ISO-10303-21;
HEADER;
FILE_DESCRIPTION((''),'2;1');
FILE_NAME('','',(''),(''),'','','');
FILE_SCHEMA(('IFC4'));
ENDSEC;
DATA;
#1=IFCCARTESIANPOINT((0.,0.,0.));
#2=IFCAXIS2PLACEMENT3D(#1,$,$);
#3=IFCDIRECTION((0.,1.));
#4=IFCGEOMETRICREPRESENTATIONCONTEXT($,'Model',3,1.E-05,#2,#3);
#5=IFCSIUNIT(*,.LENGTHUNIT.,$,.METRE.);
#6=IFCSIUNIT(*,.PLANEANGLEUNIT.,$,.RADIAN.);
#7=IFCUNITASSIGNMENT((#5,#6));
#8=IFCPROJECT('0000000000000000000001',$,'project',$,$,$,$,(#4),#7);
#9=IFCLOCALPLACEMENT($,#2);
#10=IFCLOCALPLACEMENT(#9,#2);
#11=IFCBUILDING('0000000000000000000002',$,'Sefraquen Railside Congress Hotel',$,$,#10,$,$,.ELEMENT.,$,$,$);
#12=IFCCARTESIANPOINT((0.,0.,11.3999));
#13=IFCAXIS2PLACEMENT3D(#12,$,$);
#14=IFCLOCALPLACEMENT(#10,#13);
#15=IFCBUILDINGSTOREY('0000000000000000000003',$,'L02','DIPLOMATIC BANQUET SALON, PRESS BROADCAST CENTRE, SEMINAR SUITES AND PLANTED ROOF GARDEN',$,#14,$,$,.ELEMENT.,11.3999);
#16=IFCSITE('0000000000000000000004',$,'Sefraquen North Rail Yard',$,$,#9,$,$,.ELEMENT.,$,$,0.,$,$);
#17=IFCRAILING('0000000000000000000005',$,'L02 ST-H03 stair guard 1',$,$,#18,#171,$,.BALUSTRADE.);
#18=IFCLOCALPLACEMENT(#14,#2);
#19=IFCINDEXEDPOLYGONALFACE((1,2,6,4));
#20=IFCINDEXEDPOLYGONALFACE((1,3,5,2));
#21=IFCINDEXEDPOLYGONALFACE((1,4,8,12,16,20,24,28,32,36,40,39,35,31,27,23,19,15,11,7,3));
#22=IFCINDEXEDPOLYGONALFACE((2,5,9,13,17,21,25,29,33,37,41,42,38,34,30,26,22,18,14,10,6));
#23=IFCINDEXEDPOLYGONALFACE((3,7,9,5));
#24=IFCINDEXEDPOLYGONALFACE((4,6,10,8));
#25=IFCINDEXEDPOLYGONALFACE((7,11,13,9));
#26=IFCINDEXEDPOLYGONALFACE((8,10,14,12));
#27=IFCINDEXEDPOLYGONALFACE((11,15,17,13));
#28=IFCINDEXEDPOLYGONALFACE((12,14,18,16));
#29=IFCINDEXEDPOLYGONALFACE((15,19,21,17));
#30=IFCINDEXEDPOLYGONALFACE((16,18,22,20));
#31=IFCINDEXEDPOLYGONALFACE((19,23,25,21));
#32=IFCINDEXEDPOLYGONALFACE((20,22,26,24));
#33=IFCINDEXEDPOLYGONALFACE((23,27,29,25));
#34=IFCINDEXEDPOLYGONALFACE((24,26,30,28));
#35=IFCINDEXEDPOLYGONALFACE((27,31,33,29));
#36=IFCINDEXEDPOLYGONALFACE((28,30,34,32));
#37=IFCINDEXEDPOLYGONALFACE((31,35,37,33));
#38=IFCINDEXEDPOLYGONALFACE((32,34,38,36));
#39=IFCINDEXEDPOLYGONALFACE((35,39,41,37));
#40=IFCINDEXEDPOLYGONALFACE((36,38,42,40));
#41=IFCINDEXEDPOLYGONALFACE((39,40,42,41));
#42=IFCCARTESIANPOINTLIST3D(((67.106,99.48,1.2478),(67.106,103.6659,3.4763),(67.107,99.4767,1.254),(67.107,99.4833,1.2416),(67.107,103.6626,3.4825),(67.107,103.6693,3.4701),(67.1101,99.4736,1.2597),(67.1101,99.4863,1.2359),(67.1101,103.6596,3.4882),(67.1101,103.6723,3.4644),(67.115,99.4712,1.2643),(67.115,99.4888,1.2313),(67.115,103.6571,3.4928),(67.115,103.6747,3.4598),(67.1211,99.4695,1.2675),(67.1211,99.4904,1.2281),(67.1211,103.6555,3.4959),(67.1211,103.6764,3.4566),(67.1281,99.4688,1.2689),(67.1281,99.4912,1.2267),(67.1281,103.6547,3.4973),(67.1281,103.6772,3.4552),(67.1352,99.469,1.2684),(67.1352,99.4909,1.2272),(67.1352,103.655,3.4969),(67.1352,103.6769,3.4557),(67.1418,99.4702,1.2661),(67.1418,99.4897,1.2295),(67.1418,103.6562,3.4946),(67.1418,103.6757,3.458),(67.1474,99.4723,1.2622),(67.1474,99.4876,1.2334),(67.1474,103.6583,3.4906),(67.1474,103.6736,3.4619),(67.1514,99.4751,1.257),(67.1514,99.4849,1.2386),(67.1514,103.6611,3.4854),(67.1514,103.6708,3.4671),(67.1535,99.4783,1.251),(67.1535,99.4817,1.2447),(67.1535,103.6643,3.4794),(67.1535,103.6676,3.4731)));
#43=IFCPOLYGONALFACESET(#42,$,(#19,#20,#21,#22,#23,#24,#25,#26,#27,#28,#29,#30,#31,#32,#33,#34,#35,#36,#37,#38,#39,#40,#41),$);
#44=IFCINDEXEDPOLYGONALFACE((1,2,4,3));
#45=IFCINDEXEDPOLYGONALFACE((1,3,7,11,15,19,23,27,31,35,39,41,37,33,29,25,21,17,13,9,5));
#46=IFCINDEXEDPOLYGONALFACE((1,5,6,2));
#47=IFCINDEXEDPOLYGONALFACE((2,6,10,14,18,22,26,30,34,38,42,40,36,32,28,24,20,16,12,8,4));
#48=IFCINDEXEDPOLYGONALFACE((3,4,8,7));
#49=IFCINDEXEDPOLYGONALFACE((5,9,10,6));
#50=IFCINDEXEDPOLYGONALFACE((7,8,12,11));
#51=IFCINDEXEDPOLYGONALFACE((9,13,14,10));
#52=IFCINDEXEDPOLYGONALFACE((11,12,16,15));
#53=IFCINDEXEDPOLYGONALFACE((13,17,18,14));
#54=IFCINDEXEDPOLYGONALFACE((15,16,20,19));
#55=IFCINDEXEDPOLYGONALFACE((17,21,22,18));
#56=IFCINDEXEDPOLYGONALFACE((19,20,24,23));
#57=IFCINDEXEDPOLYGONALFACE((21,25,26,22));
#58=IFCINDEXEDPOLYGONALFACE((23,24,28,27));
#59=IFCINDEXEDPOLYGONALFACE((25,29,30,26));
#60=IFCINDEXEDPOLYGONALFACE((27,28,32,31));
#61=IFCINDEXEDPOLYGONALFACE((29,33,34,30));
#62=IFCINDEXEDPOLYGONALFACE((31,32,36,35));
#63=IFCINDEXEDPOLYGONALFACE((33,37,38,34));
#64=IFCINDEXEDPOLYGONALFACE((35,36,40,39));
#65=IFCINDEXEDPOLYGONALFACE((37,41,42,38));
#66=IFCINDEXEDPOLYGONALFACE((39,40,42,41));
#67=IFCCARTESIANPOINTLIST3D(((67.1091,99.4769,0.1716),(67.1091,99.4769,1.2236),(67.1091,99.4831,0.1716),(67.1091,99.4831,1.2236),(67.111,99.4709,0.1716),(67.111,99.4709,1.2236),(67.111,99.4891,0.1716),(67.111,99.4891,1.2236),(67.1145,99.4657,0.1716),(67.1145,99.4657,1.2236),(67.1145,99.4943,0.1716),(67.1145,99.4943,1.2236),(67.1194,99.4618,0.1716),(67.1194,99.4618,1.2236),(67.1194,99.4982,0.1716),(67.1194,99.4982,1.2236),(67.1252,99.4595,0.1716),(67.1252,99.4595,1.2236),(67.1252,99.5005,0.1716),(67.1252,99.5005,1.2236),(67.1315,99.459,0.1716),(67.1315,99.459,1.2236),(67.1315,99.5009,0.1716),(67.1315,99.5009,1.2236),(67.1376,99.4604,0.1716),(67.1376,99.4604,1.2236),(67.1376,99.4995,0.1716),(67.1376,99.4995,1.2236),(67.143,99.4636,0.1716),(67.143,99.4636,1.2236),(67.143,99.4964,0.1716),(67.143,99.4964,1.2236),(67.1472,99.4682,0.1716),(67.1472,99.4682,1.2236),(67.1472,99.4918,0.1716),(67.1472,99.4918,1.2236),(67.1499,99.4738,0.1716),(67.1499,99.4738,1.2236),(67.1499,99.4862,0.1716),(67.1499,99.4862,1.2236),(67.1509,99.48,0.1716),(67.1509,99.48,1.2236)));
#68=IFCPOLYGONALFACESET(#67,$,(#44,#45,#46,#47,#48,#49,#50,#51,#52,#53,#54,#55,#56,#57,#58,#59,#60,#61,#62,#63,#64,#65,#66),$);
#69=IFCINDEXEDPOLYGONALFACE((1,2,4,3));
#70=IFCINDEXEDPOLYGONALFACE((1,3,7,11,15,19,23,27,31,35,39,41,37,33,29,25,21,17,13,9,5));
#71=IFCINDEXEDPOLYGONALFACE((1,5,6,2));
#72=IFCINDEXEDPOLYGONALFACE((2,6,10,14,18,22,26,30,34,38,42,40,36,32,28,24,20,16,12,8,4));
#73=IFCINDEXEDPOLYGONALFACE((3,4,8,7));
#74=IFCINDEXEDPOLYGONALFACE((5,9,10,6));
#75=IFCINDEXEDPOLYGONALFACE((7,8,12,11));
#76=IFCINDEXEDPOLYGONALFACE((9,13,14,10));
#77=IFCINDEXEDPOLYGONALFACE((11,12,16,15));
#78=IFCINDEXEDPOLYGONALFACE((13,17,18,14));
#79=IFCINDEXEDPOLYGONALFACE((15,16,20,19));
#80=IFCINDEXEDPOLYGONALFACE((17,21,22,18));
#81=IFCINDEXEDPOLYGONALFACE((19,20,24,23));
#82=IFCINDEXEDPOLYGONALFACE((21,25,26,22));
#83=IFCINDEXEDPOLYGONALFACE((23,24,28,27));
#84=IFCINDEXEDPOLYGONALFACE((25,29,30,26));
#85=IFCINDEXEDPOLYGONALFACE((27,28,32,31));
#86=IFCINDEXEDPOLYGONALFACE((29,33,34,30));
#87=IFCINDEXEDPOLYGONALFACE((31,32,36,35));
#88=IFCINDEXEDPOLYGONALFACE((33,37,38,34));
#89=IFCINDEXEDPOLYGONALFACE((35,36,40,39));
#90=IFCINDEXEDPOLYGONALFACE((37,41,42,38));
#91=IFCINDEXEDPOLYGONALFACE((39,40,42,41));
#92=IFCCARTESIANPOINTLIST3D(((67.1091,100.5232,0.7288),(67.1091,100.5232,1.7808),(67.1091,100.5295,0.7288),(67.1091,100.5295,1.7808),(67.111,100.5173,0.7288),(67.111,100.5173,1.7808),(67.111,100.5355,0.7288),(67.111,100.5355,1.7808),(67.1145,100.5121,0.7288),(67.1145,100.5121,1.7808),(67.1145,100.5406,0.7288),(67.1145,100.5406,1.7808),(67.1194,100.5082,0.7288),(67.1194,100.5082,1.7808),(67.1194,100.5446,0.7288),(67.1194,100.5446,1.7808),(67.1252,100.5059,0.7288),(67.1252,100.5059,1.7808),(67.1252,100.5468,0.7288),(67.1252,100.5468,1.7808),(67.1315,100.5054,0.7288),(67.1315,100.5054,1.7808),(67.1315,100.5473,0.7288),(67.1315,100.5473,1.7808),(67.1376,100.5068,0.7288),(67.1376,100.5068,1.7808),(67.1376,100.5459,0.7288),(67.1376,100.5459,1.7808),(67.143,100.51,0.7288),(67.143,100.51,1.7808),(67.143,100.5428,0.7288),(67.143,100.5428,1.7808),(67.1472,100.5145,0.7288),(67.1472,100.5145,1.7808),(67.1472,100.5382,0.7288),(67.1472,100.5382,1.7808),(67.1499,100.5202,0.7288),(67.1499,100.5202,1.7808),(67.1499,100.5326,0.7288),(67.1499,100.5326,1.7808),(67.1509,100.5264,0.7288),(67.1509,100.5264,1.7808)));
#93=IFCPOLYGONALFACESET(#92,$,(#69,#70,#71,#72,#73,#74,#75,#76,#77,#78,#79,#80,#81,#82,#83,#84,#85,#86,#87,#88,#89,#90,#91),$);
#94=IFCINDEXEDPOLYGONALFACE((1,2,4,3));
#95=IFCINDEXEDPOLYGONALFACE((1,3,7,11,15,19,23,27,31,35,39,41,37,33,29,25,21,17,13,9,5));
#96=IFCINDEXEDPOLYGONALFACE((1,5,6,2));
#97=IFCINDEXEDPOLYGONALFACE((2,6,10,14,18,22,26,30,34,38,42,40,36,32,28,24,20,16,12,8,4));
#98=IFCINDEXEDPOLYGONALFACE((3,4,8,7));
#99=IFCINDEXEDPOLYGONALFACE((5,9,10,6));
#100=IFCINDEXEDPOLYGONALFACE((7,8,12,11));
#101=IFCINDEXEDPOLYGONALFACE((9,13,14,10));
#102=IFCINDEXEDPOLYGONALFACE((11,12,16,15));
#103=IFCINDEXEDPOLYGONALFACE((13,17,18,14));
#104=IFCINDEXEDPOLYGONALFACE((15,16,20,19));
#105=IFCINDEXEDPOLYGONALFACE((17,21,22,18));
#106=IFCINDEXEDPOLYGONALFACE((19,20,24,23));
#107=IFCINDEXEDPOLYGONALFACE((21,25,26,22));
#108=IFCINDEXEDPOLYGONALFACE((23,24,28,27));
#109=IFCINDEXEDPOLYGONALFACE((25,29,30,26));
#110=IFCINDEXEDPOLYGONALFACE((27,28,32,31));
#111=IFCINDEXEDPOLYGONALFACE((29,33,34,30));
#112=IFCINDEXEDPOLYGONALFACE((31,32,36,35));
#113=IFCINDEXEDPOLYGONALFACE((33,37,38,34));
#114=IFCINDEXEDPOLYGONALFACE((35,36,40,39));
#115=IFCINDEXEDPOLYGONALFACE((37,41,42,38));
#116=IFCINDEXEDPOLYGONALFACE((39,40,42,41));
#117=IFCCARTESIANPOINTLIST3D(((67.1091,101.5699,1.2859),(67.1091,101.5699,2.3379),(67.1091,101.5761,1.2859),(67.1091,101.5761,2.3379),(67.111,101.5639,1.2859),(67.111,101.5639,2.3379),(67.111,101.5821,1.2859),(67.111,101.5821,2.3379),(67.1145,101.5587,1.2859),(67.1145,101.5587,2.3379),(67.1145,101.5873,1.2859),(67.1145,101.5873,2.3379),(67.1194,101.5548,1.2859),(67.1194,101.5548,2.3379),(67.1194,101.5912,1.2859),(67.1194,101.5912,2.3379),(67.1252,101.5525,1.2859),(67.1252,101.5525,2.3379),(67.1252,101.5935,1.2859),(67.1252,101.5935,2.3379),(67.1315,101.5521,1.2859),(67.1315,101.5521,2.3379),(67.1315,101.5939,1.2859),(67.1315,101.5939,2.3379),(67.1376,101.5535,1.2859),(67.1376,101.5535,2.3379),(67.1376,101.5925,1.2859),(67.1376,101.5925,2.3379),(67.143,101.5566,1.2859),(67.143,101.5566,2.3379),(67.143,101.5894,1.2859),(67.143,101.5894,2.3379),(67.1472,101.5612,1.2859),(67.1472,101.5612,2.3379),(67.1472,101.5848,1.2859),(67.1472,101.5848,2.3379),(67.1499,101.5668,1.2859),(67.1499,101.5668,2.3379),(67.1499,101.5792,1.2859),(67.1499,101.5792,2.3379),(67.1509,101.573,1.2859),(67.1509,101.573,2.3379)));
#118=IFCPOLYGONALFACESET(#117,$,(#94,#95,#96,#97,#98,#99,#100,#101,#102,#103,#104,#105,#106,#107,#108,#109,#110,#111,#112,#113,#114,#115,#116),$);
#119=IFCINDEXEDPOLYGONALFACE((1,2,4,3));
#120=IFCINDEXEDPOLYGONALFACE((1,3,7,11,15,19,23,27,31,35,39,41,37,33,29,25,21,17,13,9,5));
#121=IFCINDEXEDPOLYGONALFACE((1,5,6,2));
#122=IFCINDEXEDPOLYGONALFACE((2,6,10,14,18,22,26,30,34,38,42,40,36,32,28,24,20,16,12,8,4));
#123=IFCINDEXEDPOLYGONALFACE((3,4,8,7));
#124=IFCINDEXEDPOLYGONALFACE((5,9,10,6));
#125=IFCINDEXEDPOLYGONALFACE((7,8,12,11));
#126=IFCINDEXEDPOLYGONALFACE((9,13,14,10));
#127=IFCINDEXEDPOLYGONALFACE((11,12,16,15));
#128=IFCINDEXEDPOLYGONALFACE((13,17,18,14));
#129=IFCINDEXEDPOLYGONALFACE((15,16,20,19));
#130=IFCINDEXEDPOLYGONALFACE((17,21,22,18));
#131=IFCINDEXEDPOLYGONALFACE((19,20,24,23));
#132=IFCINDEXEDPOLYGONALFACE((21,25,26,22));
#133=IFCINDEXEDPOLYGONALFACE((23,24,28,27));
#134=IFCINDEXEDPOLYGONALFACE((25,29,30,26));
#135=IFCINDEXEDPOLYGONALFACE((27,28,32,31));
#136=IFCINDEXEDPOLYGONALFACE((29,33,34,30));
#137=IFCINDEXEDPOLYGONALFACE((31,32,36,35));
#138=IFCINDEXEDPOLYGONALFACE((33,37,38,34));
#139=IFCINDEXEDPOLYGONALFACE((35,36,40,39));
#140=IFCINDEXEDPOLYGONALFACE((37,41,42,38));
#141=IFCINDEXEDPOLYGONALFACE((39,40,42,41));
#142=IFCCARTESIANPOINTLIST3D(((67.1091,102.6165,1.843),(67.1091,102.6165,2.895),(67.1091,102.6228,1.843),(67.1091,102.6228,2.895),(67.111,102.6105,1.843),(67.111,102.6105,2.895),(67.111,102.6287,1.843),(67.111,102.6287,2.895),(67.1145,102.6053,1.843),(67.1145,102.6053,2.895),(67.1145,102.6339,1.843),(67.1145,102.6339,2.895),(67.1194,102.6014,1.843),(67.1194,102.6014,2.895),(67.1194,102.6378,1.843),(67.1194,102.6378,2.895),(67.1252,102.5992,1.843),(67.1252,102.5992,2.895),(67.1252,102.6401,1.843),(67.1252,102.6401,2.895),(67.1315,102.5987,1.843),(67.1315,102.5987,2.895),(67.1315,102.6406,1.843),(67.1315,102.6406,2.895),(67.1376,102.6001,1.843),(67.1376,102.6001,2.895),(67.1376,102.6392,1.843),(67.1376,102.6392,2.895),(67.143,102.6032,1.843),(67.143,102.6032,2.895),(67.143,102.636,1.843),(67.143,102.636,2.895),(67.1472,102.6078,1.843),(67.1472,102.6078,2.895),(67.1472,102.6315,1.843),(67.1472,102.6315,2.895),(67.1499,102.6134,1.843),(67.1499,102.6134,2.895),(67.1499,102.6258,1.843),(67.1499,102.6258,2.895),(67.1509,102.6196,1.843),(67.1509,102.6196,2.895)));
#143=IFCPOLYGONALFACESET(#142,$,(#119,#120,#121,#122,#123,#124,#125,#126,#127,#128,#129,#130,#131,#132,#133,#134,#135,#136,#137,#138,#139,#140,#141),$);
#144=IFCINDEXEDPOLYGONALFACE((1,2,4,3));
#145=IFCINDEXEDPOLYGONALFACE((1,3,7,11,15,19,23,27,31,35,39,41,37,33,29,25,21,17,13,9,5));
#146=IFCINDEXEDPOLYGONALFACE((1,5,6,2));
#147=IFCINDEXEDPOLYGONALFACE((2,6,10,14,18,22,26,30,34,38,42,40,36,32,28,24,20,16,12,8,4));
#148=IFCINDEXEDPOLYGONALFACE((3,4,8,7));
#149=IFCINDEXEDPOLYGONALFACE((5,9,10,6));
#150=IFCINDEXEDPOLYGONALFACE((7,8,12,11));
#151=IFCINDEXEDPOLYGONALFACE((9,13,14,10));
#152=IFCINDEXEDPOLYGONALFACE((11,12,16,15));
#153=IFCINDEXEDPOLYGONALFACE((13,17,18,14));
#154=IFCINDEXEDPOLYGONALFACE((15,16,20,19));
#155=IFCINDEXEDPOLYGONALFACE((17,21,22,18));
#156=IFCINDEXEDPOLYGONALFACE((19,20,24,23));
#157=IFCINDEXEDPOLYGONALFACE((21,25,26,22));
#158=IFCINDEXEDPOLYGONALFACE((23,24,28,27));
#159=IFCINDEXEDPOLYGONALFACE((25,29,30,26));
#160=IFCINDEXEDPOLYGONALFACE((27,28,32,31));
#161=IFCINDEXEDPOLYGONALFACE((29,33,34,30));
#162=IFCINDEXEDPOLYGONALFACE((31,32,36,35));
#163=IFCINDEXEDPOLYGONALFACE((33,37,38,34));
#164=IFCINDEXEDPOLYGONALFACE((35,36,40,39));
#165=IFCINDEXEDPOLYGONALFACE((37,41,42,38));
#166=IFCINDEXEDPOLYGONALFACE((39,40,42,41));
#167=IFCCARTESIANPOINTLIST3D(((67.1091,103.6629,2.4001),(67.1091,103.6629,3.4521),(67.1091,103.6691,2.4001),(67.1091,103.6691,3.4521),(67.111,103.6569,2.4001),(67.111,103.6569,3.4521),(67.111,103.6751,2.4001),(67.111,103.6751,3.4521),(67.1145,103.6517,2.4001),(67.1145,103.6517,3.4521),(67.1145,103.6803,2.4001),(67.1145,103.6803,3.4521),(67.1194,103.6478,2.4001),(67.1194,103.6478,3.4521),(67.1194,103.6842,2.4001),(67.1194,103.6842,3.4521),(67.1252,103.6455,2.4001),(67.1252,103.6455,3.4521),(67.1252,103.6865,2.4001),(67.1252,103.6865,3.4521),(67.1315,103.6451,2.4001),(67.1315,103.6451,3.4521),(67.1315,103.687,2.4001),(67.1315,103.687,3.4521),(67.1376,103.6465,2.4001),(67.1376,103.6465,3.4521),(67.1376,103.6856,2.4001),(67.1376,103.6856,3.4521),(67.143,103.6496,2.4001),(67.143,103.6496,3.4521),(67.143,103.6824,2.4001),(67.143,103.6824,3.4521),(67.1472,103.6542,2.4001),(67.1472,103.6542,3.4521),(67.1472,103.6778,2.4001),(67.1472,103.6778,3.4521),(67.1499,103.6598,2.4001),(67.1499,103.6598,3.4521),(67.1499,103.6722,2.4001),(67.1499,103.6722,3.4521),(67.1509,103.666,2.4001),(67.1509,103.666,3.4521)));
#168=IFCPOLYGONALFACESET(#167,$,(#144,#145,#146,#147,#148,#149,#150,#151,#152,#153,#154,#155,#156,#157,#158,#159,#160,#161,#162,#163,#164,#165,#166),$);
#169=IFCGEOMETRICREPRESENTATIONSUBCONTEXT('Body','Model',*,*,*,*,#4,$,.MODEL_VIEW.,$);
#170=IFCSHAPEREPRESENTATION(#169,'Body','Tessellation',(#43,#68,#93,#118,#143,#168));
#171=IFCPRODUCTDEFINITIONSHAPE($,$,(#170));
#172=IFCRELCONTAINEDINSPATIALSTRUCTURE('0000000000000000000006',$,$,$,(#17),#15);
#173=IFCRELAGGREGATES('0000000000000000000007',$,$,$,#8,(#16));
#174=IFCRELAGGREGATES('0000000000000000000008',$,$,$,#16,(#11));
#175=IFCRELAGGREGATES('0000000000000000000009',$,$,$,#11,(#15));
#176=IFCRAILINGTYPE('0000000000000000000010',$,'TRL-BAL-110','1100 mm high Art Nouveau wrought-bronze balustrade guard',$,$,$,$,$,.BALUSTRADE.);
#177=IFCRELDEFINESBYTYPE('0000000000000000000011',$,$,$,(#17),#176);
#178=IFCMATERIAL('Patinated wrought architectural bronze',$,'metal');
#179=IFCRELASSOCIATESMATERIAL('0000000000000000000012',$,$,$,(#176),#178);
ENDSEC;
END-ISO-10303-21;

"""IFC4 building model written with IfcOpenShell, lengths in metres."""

from ifc_helpers import new_model, si_unit, direction, frame, origin, origin_2d, place, context, subcontext, project, spatial, circle, extrude, material, type_object, element, save


model = new_model("IFC4")

# Units and contexts
model_context = context("Model", 3, precision=1e-05, world=origin(), true_north=direction((0.0, 1.0)))
body_context = subcontext(model_context, "Body", "Model", "MODEL_VIEW")
ifc_project = project(units=[si_unit("LENGTHUNIT", "METRE"), si_unit("PLANEANGLEUNIT", "RADIAN")], contexts=[model_context])

# Site, building, storey
site_placement = place(None, origin())
site = spatial("IfcSite", under=ifc_project, at=site_placement, Name="Sefraquen North Rail Yard", CompositionType="ELEMENT", RefElevation=0.0)
building_placement = place(site_placement, origin())
building = spatial("IfcBuilding", under=site, at=building_placement, Name="Sefraquen Railside Congress Hotel", CompositionType="ELEMENT")
storey_placement = place(building_placement, frame((0.0, 0.0, 11.3999)))
storey = spatial("IfcBuildingStorey", under=building, at=storey_placement, Name="L02", Description="DIPLOMATIC BANQUET SALON, PRESS BROADCAST CENTRE, SEMINAR SUITES AND PLANTED ROOF GARDEN", CompositionType="ELEMENT", Elevation=11.3999)

# Railing
ifc_material_1 = material(Name="Patinated wrought architectural bronze", Category="metal")
railing_type_1 = type_object("IfcRailingType", Name="TRL-BAL-110", Description="1100 mm high Art Nouveau wrought-bronze balustrade guard", PredefinedType="BALUSTRADE", material=ifc_material_1)
railing_1_placement = place(storey_placement, frame((67.1299, 99.48, 0.1716)))
element("IfcRailing", 1, at=railing_1_placement, inside=storey, type_object=railing_type_1, Name="L02 ST-H03 stair guard 1", PredefinedType="BALUSTRADE", context=body_context, shape_type="SweptSolid", body=[
    extrude(circle(Radius=0.0239, at=origin_2d()), frame((0.0, 0.0, 1.0762), z_axis=(0.0, 0.882706, 0.469925), x_axis=(-1.0, 0.0, 0.0)), (0.0, 0.0, 1.0), 4.7422),
    extrude(circle(Radius=0.021, at=origin_2d()), origin(), (0.0, 0.0, 1.0), 1.052),
    extrude(circle(Radius=0.021, at=origin_2d()), frame((0.0, 1.0464, 0.5571)), (0.0, 0.0, 1.0), 1.052),
    extrude(circle(Radius=0.021, at=origin_2d()), frame((0.0, 2.093, 1.1143)), (0.0, 0.0, 1.0), 1.052),
    extrude(circle(Radius=0.021, at=origin_2d()), frame((0.0, 3.1396, 1.6714)), (0.0, 0.0, 1.0), 1.052),
    extrude(circle(Radius=0.021, at=origin_2d()), frame((0.0, 4.186, 2.2285)), (0.0, 0.0, 1.0), 1.052),
])

save(model, "model.ifc")
